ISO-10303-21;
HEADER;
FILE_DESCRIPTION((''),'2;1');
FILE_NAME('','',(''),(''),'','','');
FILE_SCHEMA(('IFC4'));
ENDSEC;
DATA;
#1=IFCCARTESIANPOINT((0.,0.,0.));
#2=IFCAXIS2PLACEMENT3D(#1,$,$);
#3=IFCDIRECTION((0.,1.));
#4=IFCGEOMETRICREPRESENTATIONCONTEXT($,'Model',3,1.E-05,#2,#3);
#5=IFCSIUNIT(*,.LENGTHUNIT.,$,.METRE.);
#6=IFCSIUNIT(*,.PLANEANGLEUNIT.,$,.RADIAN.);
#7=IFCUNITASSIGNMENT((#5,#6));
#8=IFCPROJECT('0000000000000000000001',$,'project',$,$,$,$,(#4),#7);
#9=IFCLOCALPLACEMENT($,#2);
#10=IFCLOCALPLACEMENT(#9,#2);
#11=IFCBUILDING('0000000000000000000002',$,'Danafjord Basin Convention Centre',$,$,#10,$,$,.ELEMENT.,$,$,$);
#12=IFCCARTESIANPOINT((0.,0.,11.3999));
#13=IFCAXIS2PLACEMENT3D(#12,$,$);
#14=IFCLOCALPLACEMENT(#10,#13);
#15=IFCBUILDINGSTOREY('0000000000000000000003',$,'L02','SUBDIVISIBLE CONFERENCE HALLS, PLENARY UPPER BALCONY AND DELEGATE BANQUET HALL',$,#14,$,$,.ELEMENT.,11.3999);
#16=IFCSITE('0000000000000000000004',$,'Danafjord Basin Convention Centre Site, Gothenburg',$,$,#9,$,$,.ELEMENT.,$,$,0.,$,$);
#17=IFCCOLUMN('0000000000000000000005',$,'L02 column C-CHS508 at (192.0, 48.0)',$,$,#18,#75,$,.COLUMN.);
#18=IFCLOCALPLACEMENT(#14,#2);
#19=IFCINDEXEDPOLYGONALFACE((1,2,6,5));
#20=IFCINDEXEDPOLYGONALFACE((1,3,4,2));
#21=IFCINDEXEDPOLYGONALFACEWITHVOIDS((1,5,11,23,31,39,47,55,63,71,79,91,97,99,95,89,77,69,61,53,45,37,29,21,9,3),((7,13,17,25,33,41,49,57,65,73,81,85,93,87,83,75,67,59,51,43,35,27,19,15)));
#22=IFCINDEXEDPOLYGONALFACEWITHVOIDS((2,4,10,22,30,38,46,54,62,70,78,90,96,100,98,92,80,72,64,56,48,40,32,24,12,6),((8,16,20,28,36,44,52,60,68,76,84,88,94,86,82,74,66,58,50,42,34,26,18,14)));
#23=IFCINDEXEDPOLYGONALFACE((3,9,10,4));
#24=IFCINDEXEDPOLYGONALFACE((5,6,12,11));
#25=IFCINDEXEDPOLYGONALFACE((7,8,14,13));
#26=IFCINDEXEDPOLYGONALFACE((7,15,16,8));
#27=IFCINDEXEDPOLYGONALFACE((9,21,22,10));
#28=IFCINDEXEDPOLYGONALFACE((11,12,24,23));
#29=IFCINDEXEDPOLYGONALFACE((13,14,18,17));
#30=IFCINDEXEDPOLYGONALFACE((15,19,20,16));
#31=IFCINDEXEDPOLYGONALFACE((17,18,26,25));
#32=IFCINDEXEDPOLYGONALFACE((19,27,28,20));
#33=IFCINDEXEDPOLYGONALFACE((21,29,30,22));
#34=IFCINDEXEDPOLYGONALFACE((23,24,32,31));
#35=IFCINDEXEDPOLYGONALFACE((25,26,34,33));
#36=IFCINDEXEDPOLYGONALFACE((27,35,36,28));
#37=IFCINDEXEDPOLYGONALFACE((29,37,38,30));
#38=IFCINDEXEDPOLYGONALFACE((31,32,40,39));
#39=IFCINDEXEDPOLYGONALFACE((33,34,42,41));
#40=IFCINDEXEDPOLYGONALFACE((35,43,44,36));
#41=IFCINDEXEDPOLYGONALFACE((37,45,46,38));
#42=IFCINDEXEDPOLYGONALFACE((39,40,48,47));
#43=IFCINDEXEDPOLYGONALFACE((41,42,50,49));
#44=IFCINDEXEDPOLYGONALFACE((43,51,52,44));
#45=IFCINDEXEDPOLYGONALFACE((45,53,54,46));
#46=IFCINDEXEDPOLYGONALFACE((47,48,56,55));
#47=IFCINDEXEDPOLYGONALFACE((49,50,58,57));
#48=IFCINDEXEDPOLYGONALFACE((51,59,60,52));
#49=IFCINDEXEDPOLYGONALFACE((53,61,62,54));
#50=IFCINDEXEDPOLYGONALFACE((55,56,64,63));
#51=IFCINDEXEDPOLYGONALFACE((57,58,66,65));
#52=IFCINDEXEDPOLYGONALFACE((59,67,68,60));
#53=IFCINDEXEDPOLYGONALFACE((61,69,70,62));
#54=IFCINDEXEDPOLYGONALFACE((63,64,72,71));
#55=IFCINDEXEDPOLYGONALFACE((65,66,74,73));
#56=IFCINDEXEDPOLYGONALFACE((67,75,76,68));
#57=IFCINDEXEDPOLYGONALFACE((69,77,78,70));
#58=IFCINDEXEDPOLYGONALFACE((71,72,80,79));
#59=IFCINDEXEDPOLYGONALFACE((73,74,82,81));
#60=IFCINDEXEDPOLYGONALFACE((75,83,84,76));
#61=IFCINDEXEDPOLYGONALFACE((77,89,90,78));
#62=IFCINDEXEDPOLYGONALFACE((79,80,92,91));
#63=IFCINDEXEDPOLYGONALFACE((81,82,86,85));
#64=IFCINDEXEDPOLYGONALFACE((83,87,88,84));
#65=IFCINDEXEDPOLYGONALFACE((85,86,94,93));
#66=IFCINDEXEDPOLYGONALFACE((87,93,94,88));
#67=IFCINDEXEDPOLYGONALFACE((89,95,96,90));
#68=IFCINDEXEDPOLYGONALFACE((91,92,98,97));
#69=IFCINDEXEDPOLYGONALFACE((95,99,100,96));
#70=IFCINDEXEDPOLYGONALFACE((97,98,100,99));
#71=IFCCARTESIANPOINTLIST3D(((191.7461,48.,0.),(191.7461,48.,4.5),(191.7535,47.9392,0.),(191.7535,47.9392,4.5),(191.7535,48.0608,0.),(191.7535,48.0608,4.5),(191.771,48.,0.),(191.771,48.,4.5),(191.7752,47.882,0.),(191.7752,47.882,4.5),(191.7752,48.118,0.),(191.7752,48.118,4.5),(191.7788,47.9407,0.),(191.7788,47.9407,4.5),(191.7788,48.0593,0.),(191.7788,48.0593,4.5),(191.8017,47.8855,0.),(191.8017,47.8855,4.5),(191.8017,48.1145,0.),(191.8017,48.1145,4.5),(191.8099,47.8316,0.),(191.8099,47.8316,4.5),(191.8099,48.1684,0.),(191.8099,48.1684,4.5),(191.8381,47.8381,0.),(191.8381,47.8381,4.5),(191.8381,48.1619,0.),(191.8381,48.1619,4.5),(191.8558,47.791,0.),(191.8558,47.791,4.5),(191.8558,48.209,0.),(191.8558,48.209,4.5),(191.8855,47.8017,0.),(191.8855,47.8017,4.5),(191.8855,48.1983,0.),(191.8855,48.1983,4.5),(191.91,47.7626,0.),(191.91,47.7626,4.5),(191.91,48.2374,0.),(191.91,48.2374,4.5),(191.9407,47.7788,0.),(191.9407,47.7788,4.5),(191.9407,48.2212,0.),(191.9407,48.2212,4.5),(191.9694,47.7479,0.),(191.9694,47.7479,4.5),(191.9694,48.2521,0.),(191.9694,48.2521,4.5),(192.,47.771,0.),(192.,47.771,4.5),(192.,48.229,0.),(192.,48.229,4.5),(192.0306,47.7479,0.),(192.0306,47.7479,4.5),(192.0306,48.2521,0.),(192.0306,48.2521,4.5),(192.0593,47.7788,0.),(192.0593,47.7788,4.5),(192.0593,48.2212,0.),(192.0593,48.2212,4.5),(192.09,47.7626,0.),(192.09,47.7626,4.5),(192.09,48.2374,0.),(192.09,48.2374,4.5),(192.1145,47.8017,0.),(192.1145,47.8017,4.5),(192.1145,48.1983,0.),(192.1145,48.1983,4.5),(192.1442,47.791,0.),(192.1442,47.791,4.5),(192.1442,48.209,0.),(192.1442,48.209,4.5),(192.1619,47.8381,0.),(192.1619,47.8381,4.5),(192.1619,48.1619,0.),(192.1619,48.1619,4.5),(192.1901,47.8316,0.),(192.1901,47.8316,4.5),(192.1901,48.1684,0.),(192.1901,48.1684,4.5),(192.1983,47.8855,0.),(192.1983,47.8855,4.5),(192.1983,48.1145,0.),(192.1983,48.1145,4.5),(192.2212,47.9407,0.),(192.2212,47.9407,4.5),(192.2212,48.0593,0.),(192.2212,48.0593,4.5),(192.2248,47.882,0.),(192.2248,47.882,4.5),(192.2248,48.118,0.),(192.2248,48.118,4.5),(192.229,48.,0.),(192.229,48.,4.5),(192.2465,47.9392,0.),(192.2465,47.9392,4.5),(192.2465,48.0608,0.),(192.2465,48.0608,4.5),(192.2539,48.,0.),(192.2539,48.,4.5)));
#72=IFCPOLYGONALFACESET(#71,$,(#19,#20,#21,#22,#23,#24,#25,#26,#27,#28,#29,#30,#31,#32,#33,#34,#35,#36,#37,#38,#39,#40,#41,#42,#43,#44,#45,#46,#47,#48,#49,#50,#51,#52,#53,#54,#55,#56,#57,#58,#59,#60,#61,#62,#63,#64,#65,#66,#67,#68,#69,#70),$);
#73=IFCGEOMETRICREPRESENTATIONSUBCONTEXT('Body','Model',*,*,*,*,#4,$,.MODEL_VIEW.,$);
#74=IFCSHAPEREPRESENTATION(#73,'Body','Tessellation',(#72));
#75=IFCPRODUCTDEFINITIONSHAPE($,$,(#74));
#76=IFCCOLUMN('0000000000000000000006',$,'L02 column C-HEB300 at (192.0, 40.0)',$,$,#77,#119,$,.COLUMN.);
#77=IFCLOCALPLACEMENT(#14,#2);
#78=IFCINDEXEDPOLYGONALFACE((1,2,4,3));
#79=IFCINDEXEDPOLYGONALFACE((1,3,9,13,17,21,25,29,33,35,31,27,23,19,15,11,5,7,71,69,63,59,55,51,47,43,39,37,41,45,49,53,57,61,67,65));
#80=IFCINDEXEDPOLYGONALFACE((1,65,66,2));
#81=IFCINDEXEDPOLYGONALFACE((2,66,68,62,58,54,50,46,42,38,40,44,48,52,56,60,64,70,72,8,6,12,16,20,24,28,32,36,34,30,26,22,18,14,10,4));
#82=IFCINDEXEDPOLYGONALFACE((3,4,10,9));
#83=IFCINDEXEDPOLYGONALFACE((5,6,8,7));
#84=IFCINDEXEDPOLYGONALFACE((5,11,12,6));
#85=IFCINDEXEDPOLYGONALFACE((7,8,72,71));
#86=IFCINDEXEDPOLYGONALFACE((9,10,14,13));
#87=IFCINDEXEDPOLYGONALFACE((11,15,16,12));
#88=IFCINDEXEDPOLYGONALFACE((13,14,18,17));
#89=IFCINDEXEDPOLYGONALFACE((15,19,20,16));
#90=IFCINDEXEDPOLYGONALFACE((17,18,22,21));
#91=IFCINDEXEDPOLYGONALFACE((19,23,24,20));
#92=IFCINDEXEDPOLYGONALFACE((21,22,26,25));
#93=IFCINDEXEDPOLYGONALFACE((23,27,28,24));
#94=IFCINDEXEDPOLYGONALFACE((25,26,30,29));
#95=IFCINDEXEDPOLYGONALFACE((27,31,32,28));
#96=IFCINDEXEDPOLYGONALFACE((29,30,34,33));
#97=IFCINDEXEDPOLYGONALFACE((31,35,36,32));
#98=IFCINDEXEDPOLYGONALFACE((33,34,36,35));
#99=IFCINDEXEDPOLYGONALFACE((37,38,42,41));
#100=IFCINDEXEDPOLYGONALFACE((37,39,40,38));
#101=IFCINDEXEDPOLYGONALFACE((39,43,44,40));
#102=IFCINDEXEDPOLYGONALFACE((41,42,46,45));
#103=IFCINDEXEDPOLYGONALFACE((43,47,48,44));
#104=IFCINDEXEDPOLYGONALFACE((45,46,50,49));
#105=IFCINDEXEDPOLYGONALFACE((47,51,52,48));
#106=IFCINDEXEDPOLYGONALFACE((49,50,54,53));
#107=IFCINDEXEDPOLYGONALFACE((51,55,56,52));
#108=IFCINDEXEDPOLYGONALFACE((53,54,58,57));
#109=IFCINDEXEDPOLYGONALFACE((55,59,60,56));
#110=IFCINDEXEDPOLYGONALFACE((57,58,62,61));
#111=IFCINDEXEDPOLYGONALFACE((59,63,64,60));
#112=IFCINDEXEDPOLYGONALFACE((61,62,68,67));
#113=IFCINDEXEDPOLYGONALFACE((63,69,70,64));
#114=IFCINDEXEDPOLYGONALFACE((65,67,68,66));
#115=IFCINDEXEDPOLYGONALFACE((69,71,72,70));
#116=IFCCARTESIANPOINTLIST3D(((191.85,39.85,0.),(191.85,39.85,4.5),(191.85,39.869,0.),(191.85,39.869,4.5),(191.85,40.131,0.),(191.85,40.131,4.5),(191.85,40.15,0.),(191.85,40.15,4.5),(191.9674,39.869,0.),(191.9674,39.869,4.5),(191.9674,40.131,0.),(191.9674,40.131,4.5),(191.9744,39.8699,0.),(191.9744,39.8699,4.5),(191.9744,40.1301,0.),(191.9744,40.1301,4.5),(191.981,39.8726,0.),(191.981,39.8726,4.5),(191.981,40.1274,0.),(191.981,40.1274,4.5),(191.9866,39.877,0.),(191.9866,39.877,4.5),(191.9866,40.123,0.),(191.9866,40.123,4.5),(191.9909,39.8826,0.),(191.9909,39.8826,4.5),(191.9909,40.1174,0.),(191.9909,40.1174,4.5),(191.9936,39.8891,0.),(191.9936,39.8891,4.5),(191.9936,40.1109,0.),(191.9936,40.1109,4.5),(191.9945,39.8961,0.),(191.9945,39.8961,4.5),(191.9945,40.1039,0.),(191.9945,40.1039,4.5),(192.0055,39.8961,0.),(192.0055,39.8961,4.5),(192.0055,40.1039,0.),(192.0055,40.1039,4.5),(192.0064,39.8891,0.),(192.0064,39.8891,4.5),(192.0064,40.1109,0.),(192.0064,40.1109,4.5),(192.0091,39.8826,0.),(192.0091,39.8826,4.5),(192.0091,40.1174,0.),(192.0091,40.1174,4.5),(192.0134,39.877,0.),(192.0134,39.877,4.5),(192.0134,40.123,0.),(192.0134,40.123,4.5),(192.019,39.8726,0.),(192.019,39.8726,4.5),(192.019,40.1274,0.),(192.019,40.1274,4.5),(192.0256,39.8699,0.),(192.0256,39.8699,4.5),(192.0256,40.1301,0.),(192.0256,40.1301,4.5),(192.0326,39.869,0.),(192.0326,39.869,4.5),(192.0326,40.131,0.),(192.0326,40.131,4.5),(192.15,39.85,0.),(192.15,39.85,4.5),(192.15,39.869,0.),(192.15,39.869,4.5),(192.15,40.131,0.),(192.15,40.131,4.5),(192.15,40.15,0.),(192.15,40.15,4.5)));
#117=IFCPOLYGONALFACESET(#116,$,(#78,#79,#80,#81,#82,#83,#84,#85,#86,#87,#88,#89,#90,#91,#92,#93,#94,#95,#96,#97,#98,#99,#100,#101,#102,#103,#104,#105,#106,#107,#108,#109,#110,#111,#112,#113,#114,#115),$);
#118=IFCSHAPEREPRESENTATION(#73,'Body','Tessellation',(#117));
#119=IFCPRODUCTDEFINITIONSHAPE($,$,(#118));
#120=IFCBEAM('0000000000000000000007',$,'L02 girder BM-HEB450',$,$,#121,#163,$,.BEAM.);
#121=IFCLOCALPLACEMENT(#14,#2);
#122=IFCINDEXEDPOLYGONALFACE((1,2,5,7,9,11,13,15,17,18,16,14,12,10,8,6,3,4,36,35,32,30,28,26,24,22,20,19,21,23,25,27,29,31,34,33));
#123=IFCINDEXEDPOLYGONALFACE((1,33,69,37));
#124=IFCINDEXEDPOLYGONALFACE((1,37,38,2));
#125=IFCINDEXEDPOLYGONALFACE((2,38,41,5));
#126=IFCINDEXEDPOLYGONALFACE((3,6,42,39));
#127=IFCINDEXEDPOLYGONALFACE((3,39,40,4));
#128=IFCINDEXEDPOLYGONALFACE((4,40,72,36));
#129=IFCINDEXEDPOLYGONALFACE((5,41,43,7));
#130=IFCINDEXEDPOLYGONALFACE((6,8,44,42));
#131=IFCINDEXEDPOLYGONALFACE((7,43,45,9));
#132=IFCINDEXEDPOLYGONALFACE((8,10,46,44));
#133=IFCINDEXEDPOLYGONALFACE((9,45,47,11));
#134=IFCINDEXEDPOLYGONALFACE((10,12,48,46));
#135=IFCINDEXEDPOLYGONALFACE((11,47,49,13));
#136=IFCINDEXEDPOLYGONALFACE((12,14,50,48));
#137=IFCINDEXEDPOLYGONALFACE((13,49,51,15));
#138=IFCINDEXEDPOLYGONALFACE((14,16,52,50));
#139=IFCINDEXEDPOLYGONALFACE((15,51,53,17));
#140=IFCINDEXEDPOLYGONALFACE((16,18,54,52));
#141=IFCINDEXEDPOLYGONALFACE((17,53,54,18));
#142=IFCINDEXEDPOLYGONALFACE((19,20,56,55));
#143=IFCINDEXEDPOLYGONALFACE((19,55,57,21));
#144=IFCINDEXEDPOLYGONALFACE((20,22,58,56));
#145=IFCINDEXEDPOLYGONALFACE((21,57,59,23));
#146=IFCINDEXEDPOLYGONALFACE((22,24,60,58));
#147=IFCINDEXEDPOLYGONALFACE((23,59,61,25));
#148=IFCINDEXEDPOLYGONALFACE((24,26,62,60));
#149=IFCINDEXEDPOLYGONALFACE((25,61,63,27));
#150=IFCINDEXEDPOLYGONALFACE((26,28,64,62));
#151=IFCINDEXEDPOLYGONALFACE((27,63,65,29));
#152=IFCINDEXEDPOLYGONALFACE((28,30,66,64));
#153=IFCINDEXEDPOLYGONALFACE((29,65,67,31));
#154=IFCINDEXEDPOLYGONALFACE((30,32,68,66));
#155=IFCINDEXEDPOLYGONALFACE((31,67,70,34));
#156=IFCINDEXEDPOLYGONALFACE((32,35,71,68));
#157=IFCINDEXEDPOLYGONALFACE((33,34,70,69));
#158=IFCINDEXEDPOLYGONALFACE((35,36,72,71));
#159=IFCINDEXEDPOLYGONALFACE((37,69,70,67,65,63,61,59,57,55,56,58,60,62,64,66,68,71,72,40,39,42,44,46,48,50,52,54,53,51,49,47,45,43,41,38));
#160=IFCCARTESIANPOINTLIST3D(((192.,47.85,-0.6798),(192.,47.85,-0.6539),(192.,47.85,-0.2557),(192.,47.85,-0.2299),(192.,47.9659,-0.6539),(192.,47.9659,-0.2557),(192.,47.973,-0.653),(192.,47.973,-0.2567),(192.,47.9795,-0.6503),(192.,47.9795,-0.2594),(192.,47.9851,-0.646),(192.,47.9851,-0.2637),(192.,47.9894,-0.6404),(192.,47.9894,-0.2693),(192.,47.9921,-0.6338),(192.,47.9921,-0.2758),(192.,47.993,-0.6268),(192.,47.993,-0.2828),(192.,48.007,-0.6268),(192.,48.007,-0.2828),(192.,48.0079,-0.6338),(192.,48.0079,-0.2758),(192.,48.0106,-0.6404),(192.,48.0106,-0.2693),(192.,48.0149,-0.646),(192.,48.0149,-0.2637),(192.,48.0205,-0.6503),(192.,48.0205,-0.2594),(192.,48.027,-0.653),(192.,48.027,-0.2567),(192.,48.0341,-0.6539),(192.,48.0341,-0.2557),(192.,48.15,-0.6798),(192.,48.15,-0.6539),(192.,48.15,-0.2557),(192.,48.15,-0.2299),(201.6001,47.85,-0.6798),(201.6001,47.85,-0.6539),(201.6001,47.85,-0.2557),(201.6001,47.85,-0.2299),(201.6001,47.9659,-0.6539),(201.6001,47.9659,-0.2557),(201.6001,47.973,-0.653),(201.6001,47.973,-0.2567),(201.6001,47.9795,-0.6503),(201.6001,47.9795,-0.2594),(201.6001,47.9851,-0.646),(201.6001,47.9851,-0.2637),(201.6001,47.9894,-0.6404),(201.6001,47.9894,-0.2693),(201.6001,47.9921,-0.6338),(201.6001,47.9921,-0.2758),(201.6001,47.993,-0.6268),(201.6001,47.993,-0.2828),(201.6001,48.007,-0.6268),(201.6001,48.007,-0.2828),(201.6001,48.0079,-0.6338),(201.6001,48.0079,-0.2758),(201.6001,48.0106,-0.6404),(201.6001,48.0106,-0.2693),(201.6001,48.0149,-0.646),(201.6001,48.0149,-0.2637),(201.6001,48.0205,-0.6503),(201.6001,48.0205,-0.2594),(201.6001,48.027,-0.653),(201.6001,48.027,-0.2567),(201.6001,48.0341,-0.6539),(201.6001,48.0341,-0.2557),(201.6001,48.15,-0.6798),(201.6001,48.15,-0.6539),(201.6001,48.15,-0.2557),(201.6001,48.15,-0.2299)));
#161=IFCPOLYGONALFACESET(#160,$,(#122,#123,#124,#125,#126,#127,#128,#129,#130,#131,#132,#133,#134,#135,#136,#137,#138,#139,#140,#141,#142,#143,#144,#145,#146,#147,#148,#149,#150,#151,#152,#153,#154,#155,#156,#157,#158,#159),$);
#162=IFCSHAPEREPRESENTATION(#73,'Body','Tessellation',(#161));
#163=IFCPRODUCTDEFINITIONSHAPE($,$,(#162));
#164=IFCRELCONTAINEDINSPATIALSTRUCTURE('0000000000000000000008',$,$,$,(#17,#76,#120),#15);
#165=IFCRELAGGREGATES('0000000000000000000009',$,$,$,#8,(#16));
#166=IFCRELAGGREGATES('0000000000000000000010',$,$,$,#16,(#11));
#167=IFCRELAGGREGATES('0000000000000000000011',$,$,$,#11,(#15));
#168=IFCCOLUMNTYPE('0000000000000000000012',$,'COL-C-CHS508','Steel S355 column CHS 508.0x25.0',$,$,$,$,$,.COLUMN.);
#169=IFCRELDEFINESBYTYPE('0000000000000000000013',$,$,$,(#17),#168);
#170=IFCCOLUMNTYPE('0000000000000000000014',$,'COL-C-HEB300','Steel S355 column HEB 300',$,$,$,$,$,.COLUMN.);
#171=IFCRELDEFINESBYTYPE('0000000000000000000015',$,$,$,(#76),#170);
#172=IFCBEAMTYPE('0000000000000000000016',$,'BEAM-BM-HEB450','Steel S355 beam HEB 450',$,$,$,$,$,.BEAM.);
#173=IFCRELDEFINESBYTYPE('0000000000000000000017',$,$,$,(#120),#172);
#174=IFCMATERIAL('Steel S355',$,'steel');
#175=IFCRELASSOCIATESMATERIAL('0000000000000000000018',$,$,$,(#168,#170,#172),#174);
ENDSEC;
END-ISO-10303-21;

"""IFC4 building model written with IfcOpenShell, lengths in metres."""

from ifc_helpers import new_model, si_unit, direction, frame, origin, origin_2d, place, context, subcontext, project, spatial, hollow_circle, i_section, extrude, material, material_profile, profile_set, type_object, element, save


model = new_model("IFC4")

# Units and contexts
model_context = context("Model", 3, precision=1e-05, world=origin(), true_north=direction((0.0, 1.0)))
body_context = subcontext(model_context, "Body", "Model", "MODEL_VIEW")
ifc_project = project(units=[si_unit("LENGTHUNIT", "METRE"), si_unit("PLANEANGLEUNIT", "RADIAN")], contexts=[model_context])

# Site, building, storey
site_placement = place(None, origin())
site = spatial("IfcSite", under=ifc_project, at=site_placement, Name="Danafjord Basin Convention Centre Site, Gothenburg", CompositionType="ELEMENT", RefElevation=0.0)
building_placement = place(site_placement, origin())
building = spatial("IfcBuilding", under=site, at=building_placement, Name="Danafjord Basin Convention Centre", CompositionType="ELEMENT")
storey_placement = place(building_placement, frame((0.0, 0.0, 11.3999)))
storey = spatial("IfcBuildingStorey", under=building, at=storey_placement, Name="L02", Description="SUBDIVISIBLE CONFERENCE HALLS, PLENARY UPPER BALCONY AND DELEGATE BANQUET HALL", CompositionType="ELEMENT", Elevation=11.3999)

# Columns
ifc_material = material(Name="Steel S355", Category="steel")
ifc_material_profile_1 = material_profile(ifc_material, hollow_circle(Radius=0.2539, WallThickness=0.0249, at=origin_2d()), Name="CHS 508.0x25.0")
ifc_profile_set_1 = profile_set([ifc_material_profile_1], Name="Steel S355")
column_type_1 = type_object("IfcColumnType", Name="COL-C-CHS508", Description="Steel S355 column CHS 508.0x25.0", PredefinedType="COLUMN", material=ifc_profile_set_1)
column_1_placement = place(storey_placement, frame((192.0, 48.0, 0.0), z_axis=(0.0, 0.0, 1.0), x_axis=(1.0, 0.0, 0.0)))
element("IfcColumn", 1, at=column_1_placement, inside=storey, type_object=column_type_1, Name="L02 column C-CHS508 at (192.0, 48.0)", PredefinedType="COLUMN", context=body_context, shape_type="SweptSolid", body=[
    extrude(hollow_circle(Radius=0.2539, WallThickness=0.0249, at=origin_2d()), origin(), (0.0, 0.0, 1.0), 4.5),
])
ifc_material_profile_2 = material_profile(ifc_material, i_section(OverallWidth=0.3, OverallDepth=0.3, WebThickness=0.011, FlangeThickness=0.019, FilletRadius=0.0271, at=origin_2d()), Name="HEB 300")
ifc_profile_set_2 = profile_set([ifc_material_profile_2], Name="Steel S355")
column_type_2 = type_object("IfcColumnType", Name="COL-C-HEB300", Description="Steel S355 column HEB 300", PredefinedType="COLUMN", material=ifc_profile_set_2)
column_2_placement = place(storey_placement, frame((192.0, 40.0, 0.0), z_axis=(0.0, 0.0, 1.0), x_axis=(1.0, 0.0, 0.0)))
element("IfcColumn", 2, at=column_2_placement, inside=storey, type_object=column_type_2, Name="L02 column C-HEB300 at (192.0, 40.0)", PredefinedType="COLUMN", context=body_context, shape_type="SweptSolid", body=[
    extrude(i_section(OverallWidth=0.3, OverallDepth=0.3, WebThickness=0.011, FlangeThickness=0.019, FilletRadius=0.0271, at=origin_2d()), origin(), (0.0, 0.0, 1.0), 4.5),
])

# Beam
ifc_material_profile_3 = material_profile(ifc_material, i_section(OverallWidth=0.3, OverallDepth=0.45, WebThickness=0.0139, FlangeThickness=0.0259, FilletRadius=0.0271, at=origin_2d()), Name="HEB 450")
ifc_profile_set_3 = profile_set([ifc_material_profile_3], Name="Steel S355")
beam_type_1 = type_object("IfcBeamType", Name="BEAM-BM-HEB450", Description="Steel S355 beam HEB 450", PredefinedType="BEAM", material=ifc_profile_set_3)
beam_1_placement = place(storey_placement, frame((192.0, 48.0, -0.4548), z_axis=(1.0, 0.0, 0.0), x_axis=(0.0, 1.0, 0.0)))
element("IfcBeam", 3, at=beam_1_placement, inside=storey, type_object=beam_type_1, Name="L02 girder BM-HEB450", PredefinedType="BEAM", context=body_context, shape_type="SweptSolid", body=[
    extrude(i_section(OverallWidth=0.3, OverallDepth=0.45, WebThickness=0.0139, FlangeThickness=0.0259, FilletRadius=0.0271, at=origin_2d()), origin(), (0.0, 0.0, 1.0), 9.6001),
])

save(model, "model.ifc")
